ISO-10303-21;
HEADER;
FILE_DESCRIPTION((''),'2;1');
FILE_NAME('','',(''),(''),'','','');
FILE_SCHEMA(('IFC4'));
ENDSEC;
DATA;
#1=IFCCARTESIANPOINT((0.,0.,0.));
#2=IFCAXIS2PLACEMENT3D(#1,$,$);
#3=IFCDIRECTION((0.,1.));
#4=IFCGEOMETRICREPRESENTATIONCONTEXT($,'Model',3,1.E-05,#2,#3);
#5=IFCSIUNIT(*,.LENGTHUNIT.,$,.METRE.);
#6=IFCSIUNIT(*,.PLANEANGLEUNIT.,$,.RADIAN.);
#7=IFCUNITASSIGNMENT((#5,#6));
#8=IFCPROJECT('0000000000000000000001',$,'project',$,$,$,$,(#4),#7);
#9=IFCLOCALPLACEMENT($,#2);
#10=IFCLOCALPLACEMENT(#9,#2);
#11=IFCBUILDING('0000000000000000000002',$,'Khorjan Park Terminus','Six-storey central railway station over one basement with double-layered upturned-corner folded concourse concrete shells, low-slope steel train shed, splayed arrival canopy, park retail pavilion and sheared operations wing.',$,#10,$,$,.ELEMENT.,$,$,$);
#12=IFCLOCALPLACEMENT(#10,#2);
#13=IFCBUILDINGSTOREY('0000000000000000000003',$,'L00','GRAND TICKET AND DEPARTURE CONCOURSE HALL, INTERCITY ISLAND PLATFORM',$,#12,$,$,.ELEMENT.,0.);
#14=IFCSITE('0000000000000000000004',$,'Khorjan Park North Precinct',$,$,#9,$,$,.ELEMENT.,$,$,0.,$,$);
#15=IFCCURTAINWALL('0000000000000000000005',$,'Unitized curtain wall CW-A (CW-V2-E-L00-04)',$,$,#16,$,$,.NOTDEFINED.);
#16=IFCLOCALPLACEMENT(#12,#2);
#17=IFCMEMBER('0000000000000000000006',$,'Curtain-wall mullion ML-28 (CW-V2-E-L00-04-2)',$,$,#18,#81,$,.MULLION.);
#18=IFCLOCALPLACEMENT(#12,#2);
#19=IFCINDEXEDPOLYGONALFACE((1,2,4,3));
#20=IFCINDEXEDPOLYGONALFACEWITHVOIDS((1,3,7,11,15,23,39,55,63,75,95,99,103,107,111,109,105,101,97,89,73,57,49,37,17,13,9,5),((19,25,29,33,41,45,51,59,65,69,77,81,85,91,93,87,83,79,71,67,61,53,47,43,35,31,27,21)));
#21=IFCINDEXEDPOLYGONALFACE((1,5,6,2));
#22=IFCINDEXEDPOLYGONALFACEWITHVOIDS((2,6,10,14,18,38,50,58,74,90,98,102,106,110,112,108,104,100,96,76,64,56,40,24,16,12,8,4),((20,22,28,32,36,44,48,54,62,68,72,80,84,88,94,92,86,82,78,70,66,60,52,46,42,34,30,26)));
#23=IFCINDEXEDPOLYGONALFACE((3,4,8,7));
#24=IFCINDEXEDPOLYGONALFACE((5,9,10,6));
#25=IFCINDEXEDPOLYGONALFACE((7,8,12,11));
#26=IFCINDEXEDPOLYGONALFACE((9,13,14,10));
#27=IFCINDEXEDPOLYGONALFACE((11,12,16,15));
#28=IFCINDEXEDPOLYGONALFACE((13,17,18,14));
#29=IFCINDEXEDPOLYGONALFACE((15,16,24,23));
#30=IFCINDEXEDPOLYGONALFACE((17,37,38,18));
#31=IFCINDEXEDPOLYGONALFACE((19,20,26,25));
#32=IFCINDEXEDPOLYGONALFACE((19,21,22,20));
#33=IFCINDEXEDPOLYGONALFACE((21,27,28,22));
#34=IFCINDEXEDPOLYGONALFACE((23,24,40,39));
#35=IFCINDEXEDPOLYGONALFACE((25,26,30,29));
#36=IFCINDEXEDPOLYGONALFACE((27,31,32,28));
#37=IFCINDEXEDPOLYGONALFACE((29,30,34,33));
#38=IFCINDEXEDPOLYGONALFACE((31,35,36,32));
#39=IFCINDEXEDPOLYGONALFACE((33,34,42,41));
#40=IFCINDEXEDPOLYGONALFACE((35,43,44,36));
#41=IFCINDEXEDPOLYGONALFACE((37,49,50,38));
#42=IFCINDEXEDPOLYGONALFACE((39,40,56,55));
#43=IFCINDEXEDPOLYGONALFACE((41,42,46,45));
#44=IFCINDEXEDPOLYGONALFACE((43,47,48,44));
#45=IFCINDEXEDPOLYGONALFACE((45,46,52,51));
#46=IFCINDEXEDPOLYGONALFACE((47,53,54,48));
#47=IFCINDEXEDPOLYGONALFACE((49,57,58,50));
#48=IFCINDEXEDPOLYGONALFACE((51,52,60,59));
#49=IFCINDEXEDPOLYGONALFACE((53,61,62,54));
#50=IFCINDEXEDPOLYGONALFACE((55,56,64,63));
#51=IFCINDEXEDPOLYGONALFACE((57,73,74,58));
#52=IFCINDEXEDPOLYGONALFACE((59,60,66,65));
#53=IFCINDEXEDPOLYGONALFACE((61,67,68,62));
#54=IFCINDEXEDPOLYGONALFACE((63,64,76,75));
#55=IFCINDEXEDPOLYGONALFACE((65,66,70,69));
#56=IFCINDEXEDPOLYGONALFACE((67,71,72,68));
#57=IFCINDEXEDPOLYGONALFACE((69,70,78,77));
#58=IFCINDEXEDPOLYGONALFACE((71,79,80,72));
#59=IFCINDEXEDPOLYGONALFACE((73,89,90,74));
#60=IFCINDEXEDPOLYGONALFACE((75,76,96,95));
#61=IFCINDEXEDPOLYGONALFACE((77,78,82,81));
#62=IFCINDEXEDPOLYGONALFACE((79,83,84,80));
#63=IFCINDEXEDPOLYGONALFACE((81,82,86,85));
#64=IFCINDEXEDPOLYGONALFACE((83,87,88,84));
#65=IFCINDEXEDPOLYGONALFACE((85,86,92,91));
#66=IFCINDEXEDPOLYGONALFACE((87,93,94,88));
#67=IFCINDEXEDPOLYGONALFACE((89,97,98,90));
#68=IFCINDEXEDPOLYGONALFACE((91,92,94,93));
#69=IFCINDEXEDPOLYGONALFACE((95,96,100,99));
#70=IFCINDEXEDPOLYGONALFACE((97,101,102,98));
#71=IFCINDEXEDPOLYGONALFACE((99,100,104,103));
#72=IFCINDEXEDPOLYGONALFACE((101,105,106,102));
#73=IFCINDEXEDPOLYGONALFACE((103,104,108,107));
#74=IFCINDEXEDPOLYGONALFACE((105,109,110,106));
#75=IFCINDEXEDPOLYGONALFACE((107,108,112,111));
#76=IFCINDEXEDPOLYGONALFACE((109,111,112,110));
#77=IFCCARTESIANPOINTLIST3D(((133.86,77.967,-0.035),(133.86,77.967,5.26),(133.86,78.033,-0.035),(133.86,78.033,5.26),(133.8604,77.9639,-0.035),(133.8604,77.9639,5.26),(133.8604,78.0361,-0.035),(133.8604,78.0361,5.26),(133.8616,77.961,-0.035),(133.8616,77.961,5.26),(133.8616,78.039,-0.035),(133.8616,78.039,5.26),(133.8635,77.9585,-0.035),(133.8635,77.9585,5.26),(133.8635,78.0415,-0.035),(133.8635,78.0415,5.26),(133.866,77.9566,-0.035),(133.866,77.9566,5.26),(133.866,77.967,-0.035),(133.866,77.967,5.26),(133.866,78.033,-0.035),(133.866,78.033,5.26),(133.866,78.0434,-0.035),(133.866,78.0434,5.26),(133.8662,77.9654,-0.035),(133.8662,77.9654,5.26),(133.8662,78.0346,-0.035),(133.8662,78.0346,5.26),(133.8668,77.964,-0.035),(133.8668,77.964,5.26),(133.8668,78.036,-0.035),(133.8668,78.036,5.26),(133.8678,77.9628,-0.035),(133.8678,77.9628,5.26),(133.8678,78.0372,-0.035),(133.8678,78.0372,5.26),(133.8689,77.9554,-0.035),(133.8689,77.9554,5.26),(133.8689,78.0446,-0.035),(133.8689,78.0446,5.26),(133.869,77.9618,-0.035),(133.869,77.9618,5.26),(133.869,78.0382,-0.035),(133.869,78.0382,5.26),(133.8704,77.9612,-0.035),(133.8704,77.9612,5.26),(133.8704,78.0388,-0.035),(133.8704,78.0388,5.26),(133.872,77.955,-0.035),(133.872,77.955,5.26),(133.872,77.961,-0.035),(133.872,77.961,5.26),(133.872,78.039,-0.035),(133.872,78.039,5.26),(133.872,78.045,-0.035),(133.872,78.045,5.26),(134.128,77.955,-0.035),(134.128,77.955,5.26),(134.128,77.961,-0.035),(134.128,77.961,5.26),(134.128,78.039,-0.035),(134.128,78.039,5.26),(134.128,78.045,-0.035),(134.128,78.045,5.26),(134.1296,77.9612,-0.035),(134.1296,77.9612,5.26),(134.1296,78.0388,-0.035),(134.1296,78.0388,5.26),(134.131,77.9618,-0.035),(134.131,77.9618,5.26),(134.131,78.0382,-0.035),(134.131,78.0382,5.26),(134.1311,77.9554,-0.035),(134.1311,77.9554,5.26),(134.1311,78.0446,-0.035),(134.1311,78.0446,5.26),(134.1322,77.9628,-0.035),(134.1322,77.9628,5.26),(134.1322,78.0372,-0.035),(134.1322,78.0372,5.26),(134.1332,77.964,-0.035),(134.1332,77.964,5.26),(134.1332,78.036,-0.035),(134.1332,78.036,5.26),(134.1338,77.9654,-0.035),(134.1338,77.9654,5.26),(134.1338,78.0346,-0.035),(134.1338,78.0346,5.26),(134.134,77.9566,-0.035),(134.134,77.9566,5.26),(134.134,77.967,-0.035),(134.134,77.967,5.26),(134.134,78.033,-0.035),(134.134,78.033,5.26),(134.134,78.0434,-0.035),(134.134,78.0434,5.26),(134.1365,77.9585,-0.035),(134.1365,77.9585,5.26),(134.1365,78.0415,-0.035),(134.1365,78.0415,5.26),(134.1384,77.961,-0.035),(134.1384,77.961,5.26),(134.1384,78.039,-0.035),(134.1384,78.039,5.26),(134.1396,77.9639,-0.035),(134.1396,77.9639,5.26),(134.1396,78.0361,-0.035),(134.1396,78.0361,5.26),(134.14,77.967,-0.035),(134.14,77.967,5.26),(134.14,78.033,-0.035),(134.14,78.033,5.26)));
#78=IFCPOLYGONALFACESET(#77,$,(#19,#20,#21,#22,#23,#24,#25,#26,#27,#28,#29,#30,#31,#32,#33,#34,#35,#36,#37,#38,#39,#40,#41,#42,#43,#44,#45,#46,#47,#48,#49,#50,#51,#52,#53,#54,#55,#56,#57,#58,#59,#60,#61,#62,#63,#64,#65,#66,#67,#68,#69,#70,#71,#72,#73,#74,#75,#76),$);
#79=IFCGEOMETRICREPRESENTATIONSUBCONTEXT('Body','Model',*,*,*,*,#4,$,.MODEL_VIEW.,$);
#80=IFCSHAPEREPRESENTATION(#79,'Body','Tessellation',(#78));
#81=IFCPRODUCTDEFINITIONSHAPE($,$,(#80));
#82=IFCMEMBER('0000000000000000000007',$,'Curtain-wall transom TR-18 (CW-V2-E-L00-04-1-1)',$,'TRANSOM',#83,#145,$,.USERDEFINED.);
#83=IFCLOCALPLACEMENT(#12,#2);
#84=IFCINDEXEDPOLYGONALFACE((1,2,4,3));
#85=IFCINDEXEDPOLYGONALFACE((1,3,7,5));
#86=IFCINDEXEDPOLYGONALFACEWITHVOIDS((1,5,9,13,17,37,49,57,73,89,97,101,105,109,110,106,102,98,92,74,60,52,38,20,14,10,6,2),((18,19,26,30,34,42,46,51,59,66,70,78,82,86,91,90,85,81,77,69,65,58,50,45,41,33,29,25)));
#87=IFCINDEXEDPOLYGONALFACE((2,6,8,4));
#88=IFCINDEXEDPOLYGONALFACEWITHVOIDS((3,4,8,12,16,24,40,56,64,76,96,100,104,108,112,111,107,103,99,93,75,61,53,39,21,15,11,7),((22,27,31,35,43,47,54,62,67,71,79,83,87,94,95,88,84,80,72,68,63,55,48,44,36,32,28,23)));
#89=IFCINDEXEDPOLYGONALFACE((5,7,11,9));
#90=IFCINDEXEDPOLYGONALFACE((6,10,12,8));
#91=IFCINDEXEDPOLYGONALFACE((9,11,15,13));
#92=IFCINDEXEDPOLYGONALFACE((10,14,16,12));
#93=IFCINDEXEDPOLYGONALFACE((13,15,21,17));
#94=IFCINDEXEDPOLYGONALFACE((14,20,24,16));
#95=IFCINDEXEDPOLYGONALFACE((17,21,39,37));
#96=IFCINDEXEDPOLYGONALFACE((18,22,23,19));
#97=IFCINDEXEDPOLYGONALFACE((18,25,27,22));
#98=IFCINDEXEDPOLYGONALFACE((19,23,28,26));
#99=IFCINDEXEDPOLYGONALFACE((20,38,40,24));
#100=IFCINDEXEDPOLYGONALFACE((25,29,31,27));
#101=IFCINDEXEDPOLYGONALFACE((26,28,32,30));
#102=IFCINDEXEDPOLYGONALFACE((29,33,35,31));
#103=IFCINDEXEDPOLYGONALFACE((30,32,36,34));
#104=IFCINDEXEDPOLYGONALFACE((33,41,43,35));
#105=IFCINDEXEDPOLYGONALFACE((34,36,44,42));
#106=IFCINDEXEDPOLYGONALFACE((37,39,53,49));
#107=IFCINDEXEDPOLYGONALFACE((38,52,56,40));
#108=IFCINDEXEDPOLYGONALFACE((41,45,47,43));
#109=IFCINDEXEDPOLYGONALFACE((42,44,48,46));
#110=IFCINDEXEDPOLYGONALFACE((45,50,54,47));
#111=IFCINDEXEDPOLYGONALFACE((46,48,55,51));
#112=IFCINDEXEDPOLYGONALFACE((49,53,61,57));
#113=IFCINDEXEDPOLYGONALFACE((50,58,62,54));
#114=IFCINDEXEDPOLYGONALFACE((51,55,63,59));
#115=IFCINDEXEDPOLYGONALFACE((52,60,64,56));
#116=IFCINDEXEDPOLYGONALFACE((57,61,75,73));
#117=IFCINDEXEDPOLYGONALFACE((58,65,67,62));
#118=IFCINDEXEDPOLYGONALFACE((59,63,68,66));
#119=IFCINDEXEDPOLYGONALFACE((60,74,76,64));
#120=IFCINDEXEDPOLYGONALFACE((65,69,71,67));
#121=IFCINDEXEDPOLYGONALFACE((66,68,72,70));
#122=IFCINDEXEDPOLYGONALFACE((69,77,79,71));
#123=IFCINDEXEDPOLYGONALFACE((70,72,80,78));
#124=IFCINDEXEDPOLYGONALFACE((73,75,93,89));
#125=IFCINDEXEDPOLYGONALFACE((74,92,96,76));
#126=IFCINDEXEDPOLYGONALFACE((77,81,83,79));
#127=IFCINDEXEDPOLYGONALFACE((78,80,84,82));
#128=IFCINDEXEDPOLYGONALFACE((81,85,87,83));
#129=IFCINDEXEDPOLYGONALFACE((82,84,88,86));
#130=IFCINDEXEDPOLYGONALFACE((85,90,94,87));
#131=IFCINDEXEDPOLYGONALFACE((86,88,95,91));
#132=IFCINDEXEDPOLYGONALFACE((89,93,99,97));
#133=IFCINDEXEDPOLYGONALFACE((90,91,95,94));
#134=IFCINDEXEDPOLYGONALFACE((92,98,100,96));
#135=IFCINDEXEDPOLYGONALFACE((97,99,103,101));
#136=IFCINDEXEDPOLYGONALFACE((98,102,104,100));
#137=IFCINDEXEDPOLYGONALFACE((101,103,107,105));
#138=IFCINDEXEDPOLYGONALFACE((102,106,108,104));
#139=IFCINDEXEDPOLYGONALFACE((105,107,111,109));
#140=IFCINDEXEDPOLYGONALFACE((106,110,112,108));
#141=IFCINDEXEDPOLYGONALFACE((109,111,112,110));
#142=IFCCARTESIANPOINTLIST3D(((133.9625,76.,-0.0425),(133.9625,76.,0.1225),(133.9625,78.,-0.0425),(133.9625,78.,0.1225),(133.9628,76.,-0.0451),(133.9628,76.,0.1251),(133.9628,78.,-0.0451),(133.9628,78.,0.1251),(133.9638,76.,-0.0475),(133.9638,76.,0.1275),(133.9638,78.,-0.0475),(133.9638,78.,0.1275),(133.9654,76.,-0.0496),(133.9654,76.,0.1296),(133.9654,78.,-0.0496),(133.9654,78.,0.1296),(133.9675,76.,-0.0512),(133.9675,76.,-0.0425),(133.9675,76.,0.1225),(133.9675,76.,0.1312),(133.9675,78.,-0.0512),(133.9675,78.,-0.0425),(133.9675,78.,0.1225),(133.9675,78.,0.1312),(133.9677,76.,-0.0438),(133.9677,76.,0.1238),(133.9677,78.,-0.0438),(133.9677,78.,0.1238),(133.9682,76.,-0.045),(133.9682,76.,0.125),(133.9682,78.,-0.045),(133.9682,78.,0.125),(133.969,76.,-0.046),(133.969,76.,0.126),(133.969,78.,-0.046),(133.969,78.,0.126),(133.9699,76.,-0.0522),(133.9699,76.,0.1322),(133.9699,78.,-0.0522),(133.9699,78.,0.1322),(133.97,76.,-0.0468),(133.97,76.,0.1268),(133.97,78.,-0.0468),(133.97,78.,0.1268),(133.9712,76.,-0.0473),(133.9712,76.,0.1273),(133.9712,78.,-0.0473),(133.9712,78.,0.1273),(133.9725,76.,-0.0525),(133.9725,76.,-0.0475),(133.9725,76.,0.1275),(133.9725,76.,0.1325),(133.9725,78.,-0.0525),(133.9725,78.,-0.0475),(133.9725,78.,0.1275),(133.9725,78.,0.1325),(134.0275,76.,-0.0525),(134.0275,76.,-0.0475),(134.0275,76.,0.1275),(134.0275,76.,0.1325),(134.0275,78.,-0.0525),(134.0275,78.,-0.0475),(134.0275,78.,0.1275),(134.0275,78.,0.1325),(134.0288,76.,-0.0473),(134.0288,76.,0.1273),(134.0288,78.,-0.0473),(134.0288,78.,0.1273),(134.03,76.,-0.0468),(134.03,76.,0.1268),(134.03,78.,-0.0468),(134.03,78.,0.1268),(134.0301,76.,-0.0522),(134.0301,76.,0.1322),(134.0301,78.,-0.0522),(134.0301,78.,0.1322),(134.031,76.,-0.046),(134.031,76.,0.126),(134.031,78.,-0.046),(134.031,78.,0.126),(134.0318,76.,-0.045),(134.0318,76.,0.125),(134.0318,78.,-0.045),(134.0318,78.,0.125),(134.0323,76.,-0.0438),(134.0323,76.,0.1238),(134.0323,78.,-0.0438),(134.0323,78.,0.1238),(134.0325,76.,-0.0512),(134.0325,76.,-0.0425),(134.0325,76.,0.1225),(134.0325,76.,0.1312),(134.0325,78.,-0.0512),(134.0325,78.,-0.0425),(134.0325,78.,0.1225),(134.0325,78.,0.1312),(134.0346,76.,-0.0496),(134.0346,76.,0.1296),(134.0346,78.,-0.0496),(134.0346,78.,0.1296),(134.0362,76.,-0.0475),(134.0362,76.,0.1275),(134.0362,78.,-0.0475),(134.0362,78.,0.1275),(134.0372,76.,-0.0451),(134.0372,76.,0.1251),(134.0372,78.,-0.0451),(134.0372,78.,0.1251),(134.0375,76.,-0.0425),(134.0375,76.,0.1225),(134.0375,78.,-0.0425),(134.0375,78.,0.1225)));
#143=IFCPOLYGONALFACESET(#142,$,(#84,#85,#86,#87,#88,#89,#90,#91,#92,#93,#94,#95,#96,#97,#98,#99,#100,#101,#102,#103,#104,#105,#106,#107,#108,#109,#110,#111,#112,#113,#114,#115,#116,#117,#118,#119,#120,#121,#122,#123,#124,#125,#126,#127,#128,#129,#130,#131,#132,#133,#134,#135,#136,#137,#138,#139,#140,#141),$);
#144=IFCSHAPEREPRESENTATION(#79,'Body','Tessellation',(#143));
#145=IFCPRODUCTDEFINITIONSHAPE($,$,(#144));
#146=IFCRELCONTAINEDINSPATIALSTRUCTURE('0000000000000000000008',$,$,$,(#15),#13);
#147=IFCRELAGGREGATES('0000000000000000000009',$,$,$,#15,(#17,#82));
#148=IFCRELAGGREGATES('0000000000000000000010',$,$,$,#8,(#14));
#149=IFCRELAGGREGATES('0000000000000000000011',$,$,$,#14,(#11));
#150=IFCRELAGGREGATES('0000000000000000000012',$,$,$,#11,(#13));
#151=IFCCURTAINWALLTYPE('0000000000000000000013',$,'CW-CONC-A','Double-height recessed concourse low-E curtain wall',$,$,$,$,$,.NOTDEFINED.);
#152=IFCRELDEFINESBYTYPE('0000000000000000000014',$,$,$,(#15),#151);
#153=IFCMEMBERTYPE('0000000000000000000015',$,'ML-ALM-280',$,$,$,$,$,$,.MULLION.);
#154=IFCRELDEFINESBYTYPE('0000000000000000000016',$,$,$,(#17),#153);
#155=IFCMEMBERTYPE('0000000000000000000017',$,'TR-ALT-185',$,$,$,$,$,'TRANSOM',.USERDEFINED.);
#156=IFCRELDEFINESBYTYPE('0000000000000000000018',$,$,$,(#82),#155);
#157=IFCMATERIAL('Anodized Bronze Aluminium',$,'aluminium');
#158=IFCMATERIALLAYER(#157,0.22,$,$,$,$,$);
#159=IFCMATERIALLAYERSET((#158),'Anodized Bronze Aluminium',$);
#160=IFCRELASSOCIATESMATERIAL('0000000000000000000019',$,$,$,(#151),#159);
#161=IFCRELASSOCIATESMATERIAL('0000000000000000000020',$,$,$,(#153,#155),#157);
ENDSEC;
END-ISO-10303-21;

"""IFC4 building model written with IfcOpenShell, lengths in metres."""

from ifc_helpers import new_model, si_unit, direction, frame, origin, origin_2d, place, context, subcontext, project, spatial, hollow_rectangle, extrude, material, layer, layer_set, material_profile, profile_set, type_object, element, aggregate, save


model = new_model("IFC4")

# Units and contexts
model_context = context("Model", 3, precision=1e-05, world=origin(), true_north=direction((0.0, 1.0)))
body_context = subcontext(model_context, "Body", "Model", "MODEL_VIEW")
ifc_project = project(units=[si_unit("LENGTHUNIT", "METRE"), si_unit("PLANEANGLEUNIT", "RADIAN")], contexts=[model_context])

# Site, building, storey
site_placement = place(None, origin())
site = spatial("IfcSite", under=ifc_project, at=site_placement, Name="Khorjan Park North Precinct", CompositionType="ELEMENT", RefElevation=0.0)
building_placement = place(site_placement, origin())
building = spatial("IfcBuilding", under=site, at=building_placement, Name="Khorjan Park Terminus", Description="Six-storey central railway station over one basement with double-layered upturned-corner folded concourse concrete shells, low-slope steel train shed, splayed arrival canopy, park retail pavilion and sheared operations wing.", CompositionType="ELEMENT")
storey_placement = place(building_placement, origin())
storey = spatial("IfcBuildingStorey", under=building, at=storey_placement, Name="L00", Description="GRAND TICKET AND DEPARTURE CONCOURSE HALL, INTERCITY ISLAND PLATFORM", CompositionType="ELEMENT", Elevation=0.0)

# Curtain wall, members
ifc_material_1 = material(Name="Anodized Bronze Aluminium", Category="aluminium")
ifc_layer_1 = layer(ifc_material_1, 0.22)
ifc_layer_set_1 = layer_set([ifc_layer_1], Name="Anodized Bronze Aluminium")
curtain_wall_type = type_object("IfcCurtainWallType", Name="CW-CONC-A", Description="Double-height recessed concourse low-E curtain wall", PredefinedType="NOTDEFINED", material=ifc_layer_set_1)
curtain_wall_placement = place(storey_placement, origin())
curtain_wall = element("IfcCurtainWall", 1, at=curtain_wall_placement, inside=storey, type_object=curtain_wall_type, Name="Unitized curtain wall CW-A (CW-V2-E-L00-04)", PredefinedType="NOTDEFINED")
ifc_material_profile_1 = material_profile(ifc_material_1, hollow_rectangle(XDim=0.09, YDim=0.28, WallThickness=0.006, InnerFilletRadius=0.006, OuterFilletRadius=0.012, at=origin_2d()), Name="ALM 90x280x6")
ifc_profile_set_1 = profile_set([ifc_material_profile_1], Name="Anodized Bronze Aluminium")
member_type_1 = type_object("IfcMemberType", Name="ML-ALM-280", PredefinedType="MULLION", material=ifc_profile_set_1)
member_1_placement = place(storey_placement, frame((134.0, 78.0, -0.035), z_axis=(0.0, 0.0, 1.0), x_axis=(0.0, 1.0, 0.0)))
member_1 = element("IfcMember", 2, at=member_1_placement, type_object=member_type_1, Name="Curtain-wall mullion ML-28 (CW-V2-E-L00-04-2)", PredefinedType="MULLION", context=body_context, shape_type="SweptSolid", body=[
    extrude(hollow_rectangle(XDim=0.09, YDim=0.28, WallThickness=0.006, InnerFilletRadius=0.006, OuterFilletRadius=0.012, at=origin_2d()), origin(), (0.0, 0.0, 1.0), 5.295),
])
ifc_material_profile_2 = material_profile(ifc_material_1, hollow_rectangle(XDim=0.075, YDim=0.185, WallThickness=0.005, InnerFilletRadius=0.005, OuterFilletRadius=0.01, at=origin_2d()), Name="ALT 75x185x5")
ifc_profile_set_2 = profile_set([ifc_material_profile_2], Name="Anodized Bronze Aluminium")
member_type_2 = type_object("IfcMemberType", Name="TR-ALT-185", ElementType="TRANSOM", PredefinedType="USERDEFINED", material=ifc_profile_set_2)
member_2_placement = place(storey_placement, frame((134.0, 76.0, 0.04), z_axis=(0.0, 1.0, 0.0), x_axis=(-1.0, 0.0, 0.0)))
member_2 = element("IfcMember", 3, at=member_2_placement, type_object=member_type_2, Name="Curtain-wall transom TR-18 (CW-V2-E-L00-04-1-1)", ObjectType="TRANSOM", PredefinedType="USERDEFINED", context=body_context, shape_type="SweptSolid", body=[
    extrude(hollow_rectangle(XDim=0.075, YDim=0.185, WallThickness=0.005, InnerFilletRadius=0.005, OuterFilletRadius=0.01, at=origin_2d()), origin(), (0.0, 0.0, 1.0), 2.0),
])
aggregate(curtain_wall, [member_1, member_2])

save(model, "model.ifc")
